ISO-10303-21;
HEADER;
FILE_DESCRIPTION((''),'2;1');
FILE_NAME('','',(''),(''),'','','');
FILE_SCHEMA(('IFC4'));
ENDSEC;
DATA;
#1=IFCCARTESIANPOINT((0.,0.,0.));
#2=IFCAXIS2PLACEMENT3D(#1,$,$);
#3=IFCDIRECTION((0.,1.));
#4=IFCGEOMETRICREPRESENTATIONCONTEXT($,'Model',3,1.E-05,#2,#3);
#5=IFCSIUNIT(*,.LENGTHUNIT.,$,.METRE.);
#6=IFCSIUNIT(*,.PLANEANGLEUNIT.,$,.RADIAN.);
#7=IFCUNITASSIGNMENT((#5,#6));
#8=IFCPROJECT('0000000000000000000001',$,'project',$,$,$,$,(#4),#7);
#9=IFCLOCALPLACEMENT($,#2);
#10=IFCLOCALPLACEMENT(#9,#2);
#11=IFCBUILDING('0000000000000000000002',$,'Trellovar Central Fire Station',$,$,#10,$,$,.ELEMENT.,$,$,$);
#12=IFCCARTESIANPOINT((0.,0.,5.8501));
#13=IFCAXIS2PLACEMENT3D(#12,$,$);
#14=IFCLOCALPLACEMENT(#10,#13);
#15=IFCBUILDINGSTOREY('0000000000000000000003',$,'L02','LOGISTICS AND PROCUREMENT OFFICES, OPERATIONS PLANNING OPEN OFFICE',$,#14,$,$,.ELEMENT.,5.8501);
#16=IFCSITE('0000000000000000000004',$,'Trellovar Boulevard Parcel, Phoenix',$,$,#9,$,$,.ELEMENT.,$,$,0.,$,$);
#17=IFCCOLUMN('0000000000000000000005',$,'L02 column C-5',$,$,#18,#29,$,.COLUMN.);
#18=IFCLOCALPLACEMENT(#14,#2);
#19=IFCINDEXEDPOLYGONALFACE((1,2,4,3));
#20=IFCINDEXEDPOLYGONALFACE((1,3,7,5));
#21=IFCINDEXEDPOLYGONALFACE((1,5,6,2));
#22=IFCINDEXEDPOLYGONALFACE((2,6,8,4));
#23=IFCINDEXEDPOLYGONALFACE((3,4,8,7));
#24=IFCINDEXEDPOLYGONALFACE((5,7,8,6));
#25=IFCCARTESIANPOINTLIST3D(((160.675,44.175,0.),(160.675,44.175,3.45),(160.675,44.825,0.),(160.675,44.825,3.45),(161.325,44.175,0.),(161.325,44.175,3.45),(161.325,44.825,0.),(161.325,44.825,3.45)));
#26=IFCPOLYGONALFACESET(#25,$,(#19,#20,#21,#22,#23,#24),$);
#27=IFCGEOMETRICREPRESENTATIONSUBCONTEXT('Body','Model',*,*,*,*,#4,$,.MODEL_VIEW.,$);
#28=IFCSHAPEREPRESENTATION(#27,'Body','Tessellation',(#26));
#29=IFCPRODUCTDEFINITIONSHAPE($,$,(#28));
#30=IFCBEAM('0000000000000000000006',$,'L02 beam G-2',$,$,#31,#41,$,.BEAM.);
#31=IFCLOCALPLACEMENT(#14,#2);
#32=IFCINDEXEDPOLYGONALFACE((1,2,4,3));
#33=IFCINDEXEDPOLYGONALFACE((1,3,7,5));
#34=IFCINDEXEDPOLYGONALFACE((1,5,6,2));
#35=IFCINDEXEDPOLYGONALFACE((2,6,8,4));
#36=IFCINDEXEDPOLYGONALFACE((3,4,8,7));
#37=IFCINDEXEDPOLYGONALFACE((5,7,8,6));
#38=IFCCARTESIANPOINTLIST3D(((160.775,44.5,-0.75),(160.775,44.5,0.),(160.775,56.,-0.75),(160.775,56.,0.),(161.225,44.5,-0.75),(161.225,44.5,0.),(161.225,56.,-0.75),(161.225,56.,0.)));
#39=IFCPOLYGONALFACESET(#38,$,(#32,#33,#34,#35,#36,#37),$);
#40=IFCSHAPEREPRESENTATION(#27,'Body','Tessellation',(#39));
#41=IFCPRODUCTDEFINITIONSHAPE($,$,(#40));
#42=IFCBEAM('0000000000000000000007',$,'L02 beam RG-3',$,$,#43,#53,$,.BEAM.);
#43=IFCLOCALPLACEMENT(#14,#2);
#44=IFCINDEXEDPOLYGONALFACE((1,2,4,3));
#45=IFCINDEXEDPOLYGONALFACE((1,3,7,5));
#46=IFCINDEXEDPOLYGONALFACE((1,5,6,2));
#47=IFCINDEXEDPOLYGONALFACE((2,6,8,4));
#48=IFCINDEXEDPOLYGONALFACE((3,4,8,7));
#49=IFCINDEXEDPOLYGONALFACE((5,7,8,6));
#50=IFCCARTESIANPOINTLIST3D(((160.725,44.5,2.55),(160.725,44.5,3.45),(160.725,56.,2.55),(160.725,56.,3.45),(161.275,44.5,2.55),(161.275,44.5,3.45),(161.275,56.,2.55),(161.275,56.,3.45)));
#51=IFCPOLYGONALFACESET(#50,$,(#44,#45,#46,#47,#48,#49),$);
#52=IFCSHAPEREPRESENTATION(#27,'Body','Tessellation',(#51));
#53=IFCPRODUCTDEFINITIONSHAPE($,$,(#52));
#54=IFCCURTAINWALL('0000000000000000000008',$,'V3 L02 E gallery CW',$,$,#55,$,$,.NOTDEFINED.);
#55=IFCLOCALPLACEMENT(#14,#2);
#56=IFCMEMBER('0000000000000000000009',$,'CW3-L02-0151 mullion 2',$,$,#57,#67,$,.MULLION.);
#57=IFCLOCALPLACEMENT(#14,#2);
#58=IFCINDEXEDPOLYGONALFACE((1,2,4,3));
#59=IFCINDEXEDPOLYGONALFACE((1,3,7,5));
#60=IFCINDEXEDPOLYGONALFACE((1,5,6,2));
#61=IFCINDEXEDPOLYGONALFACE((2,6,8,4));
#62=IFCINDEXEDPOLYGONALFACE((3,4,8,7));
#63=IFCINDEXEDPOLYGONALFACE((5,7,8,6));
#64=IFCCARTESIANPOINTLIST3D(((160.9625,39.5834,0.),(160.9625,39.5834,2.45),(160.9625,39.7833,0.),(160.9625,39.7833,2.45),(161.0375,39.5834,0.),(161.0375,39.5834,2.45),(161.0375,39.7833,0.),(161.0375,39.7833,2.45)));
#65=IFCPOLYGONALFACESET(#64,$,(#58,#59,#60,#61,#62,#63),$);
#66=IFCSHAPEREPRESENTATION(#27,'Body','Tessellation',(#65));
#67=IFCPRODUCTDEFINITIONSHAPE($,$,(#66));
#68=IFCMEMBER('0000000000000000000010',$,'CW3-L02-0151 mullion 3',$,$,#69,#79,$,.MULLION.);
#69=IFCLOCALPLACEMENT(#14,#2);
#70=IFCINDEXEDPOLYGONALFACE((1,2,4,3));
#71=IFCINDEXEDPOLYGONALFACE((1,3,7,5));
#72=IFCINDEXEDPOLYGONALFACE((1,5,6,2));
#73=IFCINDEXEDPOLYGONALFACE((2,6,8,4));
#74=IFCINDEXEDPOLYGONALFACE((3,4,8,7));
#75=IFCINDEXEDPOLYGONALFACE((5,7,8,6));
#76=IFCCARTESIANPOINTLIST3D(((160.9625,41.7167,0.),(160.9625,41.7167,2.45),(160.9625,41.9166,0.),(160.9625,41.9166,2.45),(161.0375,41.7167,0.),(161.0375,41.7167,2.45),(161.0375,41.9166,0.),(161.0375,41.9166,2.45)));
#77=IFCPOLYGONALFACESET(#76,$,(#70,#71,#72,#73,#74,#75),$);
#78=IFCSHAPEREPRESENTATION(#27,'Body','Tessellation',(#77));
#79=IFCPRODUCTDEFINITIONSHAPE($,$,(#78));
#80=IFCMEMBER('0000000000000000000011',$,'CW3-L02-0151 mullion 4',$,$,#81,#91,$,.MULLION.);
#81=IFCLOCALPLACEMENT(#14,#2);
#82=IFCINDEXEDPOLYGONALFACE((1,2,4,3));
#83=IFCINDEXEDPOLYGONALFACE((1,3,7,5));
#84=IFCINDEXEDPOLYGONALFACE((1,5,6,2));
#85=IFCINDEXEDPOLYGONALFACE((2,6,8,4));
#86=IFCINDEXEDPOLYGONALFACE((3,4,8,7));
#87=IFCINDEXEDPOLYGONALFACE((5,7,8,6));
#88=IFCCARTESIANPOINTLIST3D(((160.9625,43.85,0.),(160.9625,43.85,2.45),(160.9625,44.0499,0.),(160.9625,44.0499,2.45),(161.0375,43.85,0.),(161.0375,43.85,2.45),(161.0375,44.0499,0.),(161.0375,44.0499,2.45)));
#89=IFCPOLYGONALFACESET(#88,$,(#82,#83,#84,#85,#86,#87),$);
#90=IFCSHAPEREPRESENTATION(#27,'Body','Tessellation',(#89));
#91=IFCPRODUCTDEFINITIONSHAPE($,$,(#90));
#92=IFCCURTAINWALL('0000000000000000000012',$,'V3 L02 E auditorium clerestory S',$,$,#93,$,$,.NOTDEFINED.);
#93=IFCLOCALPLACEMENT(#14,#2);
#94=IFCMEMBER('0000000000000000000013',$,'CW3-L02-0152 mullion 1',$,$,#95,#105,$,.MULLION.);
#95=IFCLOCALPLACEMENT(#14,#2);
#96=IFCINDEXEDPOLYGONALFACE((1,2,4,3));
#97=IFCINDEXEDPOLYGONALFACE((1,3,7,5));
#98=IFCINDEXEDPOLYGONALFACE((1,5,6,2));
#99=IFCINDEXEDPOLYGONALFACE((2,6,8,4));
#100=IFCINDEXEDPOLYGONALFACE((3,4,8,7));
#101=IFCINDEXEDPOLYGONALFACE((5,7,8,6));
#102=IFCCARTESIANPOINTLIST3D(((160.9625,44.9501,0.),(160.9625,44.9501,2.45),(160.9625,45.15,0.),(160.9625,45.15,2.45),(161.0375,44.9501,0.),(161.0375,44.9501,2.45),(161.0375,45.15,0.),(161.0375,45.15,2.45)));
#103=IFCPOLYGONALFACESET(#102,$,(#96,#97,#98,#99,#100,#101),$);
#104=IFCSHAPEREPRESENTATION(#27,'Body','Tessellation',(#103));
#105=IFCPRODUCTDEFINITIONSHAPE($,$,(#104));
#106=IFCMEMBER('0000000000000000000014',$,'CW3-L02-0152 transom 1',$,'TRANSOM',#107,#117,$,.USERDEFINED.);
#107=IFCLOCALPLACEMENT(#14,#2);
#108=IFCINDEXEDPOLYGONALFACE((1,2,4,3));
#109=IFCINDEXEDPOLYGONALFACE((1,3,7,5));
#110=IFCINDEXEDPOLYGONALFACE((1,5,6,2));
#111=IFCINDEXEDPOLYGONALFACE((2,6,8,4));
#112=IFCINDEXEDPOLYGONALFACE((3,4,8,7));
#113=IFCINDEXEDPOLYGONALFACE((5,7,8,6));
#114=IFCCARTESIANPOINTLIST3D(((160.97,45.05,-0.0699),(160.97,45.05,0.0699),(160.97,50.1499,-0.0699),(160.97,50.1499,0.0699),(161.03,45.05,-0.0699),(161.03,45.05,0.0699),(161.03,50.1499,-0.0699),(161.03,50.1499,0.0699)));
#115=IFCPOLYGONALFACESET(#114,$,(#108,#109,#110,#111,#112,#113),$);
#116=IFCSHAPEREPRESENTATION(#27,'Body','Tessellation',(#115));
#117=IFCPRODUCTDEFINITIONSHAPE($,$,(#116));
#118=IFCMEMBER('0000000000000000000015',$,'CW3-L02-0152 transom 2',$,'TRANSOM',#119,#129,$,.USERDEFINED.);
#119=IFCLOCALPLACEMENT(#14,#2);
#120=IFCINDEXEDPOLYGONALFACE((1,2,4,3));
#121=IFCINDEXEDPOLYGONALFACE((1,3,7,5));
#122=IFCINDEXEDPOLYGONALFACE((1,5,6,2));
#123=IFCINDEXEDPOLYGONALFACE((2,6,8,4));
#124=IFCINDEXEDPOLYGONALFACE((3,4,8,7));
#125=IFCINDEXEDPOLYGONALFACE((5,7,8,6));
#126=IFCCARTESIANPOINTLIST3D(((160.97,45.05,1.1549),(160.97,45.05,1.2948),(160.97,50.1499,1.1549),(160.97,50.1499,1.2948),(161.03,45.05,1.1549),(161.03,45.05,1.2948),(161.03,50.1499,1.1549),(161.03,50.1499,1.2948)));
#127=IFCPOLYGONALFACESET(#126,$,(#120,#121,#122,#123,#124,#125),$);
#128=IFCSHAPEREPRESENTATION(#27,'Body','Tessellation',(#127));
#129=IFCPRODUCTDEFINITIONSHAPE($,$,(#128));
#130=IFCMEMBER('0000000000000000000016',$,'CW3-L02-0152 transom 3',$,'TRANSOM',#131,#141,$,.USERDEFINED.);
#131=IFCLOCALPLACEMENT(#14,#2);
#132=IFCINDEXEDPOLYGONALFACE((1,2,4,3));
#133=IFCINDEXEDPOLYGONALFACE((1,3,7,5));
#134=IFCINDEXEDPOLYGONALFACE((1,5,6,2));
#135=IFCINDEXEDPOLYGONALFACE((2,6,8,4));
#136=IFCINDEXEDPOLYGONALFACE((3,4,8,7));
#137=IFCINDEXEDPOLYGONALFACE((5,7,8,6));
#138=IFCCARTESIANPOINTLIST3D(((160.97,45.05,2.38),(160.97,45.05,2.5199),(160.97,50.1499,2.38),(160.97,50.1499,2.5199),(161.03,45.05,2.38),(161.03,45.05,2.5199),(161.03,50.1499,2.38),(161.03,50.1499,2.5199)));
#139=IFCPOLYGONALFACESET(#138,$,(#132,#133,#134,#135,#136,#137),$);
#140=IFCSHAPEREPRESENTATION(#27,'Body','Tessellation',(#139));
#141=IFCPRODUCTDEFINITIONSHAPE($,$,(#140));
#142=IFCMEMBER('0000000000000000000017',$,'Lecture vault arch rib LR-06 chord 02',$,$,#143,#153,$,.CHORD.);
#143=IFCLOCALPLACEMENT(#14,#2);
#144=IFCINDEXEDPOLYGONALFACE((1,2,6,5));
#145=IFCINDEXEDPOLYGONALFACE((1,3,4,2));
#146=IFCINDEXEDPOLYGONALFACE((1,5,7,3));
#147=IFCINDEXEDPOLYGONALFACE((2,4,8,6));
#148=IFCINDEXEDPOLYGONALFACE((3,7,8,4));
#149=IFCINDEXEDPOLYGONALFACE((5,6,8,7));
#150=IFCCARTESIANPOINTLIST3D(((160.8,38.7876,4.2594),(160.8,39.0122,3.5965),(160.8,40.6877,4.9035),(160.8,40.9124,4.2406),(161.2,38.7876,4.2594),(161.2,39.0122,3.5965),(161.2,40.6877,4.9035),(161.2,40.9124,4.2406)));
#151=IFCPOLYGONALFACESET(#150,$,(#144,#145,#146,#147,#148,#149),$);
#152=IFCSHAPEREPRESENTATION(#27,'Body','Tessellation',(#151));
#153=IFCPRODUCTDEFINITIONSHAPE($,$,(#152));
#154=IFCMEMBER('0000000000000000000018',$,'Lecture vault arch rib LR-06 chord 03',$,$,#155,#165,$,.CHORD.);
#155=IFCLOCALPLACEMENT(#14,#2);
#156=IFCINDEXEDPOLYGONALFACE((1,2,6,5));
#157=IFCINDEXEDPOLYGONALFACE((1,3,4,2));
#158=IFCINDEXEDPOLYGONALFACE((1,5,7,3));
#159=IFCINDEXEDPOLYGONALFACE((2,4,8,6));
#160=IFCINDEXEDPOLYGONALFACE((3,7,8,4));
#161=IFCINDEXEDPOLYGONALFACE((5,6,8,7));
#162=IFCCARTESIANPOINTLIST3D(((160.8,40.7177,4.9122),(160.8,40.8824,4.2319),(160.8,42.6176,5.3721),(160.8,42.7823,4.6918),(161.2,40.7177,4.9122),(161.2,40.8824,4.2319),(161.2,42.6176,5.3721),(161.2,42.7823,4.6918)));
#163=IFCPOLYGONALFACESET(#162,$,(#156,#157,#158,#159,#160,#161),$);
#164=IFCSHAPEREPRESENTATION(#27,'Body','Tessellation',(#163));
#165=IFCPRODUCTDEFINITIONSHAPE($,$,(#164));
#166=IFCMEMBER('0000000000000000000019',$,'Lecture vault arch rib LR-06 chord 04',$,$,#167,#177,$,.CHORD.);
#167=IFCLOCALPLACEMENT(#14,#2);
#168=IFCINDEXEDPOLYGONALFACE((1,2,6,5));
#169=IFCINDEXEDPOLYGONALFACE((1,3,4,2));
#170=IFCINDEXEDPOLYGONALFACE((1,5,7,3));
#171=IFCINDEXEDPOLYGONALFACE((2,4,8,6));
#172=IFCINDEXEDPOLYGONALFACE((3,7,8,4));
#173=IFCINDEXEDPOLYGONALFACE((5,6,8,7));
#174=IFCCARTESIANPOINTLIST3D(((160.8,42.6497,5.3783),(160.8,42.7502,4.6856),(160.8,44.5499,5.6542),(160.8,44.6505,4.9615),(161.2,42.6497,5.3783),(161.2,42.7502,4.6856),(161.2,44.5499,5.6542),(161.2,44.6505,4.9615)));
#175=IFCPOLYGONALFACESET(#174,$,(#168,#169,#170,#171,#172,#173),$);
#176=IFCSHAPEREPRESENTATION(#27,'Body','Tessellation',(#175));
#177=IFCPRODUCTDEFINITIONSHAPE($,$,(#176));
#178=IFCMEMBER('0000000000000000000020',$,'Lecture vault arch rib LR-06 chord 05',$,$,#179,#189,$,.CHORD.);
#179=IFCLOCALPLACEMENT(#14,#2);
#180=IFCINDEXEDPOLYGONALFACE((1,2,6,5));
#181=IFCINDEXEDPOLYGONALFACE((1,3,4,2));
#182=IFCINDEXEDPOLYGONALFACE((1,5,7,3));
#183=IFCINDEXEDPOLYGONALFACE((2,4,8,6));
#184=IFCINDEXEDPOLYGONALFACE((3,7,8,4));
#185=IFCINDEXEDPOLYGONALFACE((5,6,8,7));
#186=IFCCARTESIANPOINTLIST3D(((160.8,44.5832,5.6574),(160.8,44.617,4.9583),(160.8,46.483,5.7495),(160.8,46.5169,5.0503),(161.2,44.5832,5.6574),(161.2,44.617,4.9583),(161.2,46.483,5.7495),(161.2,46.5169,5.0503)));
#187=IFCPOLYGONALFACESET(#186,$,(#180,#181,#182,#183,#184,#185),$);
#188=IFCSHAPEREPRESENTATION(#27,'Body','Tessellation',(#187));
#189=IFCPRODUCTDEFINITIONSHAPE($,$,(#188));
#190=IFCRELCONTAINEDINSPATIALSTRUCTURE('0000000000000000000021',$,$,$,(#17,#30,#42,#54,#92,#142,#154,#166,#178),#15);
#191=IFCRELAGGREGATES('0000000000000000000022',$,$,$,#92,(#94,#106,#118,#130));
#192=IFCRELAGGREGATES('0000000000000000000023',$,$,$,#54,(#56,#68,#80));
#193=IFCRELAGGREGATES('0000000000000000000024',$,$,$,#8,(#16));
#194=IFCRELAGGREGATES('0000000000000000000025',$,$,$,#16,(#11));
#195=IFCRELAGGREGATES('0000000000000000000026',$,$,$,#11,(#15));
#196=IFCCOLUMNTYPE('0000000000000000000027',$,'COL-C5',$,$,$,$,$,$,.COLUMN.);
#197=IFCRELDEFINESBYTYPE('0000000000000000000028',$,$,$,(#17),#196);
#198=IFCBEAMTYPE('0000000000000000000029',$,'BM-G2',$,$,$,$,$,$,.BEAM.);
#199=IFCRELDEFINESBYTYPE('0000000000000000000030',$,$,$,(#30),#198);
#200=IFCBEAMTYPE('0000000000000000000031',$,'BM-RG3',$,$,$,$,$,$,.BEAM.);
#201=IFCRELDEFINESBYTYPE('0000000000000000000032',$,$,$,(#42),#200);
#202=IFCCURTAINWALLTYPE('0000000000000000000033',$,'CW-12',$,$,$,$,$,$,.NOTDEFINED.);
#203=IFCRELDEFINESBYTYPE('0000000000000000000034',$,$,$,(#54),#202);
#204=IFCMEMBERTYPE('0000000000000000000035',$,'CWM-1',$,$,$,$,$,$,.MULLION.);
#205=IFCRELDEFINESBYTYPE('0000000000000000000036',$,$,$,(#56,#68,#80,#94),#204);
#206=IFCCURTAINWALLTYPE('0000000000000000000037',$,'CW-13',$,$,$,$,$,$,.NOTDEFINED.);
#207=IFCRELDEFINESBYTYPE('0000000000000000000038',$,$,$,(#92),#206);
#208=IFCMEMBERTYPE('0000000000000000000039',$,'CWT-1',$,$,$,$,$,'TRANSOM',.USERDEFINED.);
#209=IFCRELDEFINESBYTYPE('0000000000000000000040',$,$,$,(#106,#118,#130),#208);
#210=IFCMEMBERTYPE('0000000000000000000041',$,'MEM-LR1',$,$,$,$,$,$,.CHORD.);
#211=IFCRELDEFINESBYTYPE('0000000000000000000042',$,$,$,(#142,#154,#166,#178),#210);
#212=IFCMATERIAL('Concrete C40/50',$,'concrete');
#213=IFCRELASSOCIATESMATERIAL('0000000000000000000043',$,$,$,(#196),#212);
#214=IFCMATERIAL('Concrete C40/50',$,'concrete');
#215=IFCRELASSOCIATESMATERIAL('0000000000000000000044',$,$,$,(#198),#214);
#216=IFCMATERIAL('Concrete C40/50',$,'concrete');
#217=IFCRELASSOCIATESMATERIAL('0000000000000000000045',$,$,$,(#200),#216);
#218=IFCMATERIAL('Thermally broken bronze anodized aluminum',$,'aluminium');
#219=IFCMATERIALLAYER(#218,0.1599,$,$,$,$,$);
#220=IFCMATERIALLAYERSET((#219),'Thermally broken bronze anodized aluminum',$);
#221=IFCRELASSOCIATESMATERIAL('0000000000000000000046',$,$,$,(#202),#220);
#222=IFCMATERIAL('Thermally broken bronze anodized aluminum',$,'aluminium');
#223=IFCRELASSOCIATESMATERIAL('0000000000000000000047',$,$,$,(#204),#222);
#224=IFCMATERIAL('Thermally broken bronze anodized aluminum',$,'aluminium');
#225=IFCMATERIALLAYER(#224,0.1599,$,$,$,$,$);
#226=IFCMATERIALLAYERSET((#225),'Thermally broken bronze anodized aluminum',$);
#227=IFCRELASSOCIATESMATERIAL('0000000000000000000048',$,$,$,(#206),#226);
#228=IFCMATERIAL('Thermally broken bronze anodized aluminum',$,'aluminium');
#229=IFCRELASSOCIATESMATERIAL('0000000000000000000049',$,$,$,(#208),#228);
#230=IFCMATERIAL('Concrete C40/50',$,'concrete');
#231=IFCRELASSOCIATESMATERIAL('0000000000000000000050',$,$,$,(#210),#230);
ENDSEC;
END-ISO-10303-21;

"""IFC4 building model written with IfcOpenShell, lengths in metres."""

from ifc_helpers import new_model, si_unit, direction, frame, origin, origin_2d, place, context, subcontext, project, spatial, rectangle, extrude, material, layer, layer_set, material_profile, profile_set, type_object, element, aggregate, save


model = new_model("IFC4")

# Units and contexts
model_context = context("Model", 3, precision=1e-05, world=origin(), true_north=direction((0.0, 1.0)))
body_context = subcontext(model_context, "Body", "Model", "MODEL_VIEW")
ifc_project = project(units=[si_unit("LENGTHUNIT", "METRE"), si_unit("PLANEANGLEUNIT", "RADIAN")], contexts=[model_context])

# Site, building, storey
site_placement = place(None, origin())
site = spatial("IfcSite", under=ifc_project, at=site_placement, Name="Trellovar Boulevard Parcel, Phoenix", CompositionType="ELEMENT", RefElevation=0.0)
building_placement = place(site_placement, origin())
building = spatial("IfcBuilding", under=site, at=building_placement, Name="Trellovar Central Fire Station", CompositionType="ELEMENT")
storey_placement = place(building_placement, frame((0.0, 0.0, 5.8501)))
storey = spatial("IfcBuildingStorey", under=building, at=storey_placement, Name="L02", Description="LOGISTICS AND PROCUREMENT OFFICES, OPERATIONS PLANNING OPEN OFFICE", CompositionType="ELEMENT", Elevation=5.8501)

# Column
ifc_material_1 = material(Name="Concrete C40/50", Category="concrete")
ifc_material_profile_1 = material_profile(ifc_material_1, rectangle(XDim=0.6499, YDim=0.6499, at=origin_2d()), Name="RC650X650")
ifc_profile_set_1 = profile_set([ifc_material_profile_1], Name="Concrete C40/50")
column_type = type_object("IfcColumnType", Name="COL-C5", PredefinedType="COLUMN", material=ifc_profile_set_1)
column_placement = place(storey_placement, frame((161.0, 44.5, 0.0), z_axis=(0.0, 0.0, 1.0), x_axis=(1.0, 0.0, 0.0)))
element("IfcColumn", 1, at=column_placement, inside=storey, type_object=column_type, Name="L02 column C-5", PredefinedType="COLUMN", context=body_context, shape_type="SweptSolid", body=[
    extrude(rectangle(XDim=0.6499, YDim=0.6499, at=origin_2d()), origin(), (0.0, 0.0, 1.0), 3.45),
])

# Beams
ifc_material_2 = material(Name="Concrete C40/50", Category="concrete")
ifc_material_profile_2 = material_profile(ifc_material_2, rectangle(XDim=0.45, YDim=0.75, at=origin_2d()), Name="RC450X750")
ifc_profile_set_2 = profile_set([ifc_material_profile_2], Name="Concrete C40/50")
beam_type_1 = type_object("IfcBeamType", Name="BM-G2", PredefinedType="BEAM", material=ifc_profile_set_2)
beam_1_placement = place(storey_placement, frame((161.0, 44.5, -0.375), z_axis=(0.0, 1.0, 0.0), x_axis=(-1.0, 0.0, 0.0)))
element("IfcBeam", 2, at=beam_1_placement, inside=storey, type_object=beam_type_1, Name="L02 beam G-2", PredefinedType="BEAM", context=body_context, shape_type="SweptSolid", body=[
    extrude(rectangle(XDim=0.45, YDim=0.75, at=origin_2d()), origin(), (0.0, 0.0, 1.0), 11.5),
])
ifc_material_3 = material(Name="Concrete C40/50", Category="concrete")
ifc_material_profile_3 = material_profile(ifc_material_3, rectangle(XDim=0.55, YDim=0.8999, at=origin_2d()), Name="RC550X900")
ifc_profile_set_3 = profile_set([ifc_material_profile_3], Name="Concrete C40/50")
beam_type_2 = type_object("IfcBeamType", Name="BM-RG3", PredefinedType="BEAM", material=ifc_profile_set_3)
beam_2_placement = place(storey_placement, frame((161.0, 44.5, 3.0), z_axis=(0.0, 1.0, 0.0), x_axis=(-1.0, 0.0, 0.0)))
element("IfcBeam", 3, at=beam_2_placement, inside=storey, type_object=beam_type_2, Name="L02 beam RG-3", PredefinedType="BEAM", context=body_context, shape_type="SweptSolid", body=[
    extrude(rectangle(XDim=0.55, YDim=0.8999, at=origin_2d()), origin(), (0.0, 0.0, 1.0), 11.5),
])

# Curtain walls, members
ifc_material_4 = material(Name="Thermally broken bronze anodized aluminum", Category="aluminium")
ifc_layer_1 = layer(ifc_material_4, 0.1599)
ifc_layer_set_1 = layer_set([ifc_layer_1], Name="Thermally broken bronze anodized aluminum")
curtain_wall_type_1 = type_object("IfcCurtainWallType", Name="CW-12", PredefinedType="NOTDEFINED", material=ifc_layer_set_1)
curtain_wall_1_placement = place(storey_placement, origin())
curtain_wall_1 = element("IfcCurtainWall", 4, at=curtain_wall_1_placement, inside=storey, type_object=curtain_wall_type_1, Name="V3 L02 E gallery CW", PredefinedType="NOTDEFINED")
ifc_material_5 = material(Name="Thermally broken bronze anodized aluminum", Category="aluminium")
ifc_material_profile_4 = material_profile(ifc_material_5, rectangle(XDim=0.075, YDim=0.2, at=origin_2d()), Name="ALU75X200")
ifc_profile_set_4 = profile_set([ifc_material_profile_4], Name="Thermally broken bronze anodized aluminum")
member_type_1 = type_object("IfcMemberType", Name="CWM-1", PredefinedType="MULLION", material=ifc_profile_set_4)
member_1_placement = place(storey_placement, frame((161.0, 39.6833, 0.0), z_axis=(0.0, 0.0, 1.0), x_axis=(1.0, 0.0, 0.0)))
member_1 = element("IfcMember", 5, at=member_1_placement, type_object=member_type_1, Name="CW3-L02-0151 mullion 2", PredefinedType="MULLION", context=body_context, shape_type="SweptSolid", body=[
    extrude(rectangle(XDim=0.075, YDim=0.2, at=origin_2d()), origin(), (0.0, 0.0, 1.0), 2.45),
])
member_2_placement = place(storey_placement, frame((161.0, 41.8167, 0.0), z_axis=(0.0, 0.0, 1.0), x_axis=(1.0, 0.0, 0.0)))
member_2 = element("IfcMember", 6, at=member_2_placement, type_object=member_type_1, Name="CW3-L02-0151 mullion 3", PredefinedType="MULLION", context=body_context, shape_type="SweptSolid", body=[
    extrude(rectangle(XDim=0.075, YDim=0.2, at=origin_2d()), origin(), (0.0, 0.0, 1.0), 2.45),
])
member_3_placement = place(storey_placement, frame((161.0, 43.95, 0.0), z_axis=(0.0, 0.0, 1.0), x_axis=(1.0, 0.0, 0.0)))
member_3 = element("IfcMember", 7, at=member_3_placement, type_object=member_type_1, Name="CW3-L02-0151 mullion 4", PredefinedType="MULLION", context=body_context, shape_type="SweptSolid", body=[
    extrude(rectangle(XDim=0.075, YDim=0.2, at=origin_2d()), origin(), (0.0, 0.0, 1.0), 2.45),
])
ifc_material_6 = material(Name="Thermally broken bronze anodized aluminum", Category="aluminium")
ifc_layer_2 = layer(ifc_material_6, 0.1599)
ifc_layer_set_2 = layer_set([ifc_layer_2], Name="Thermally broken bronze anodized aluminum")
curtain_wall_type_2 = type_object("IfcCurtainWallType", Name="CW-13", PredefinedType="NOTDEFINED", material=ifc_layer_set_2)
curtain_wall_2_placement = place(storey_placement, origin())
curtain_wall_2 = element("IfcCurtainWall", 8, at=curtain_wall_2_placement, inside=storey, type_object=curtain_wall_type_2, Name="V3 L02 E auditorium clerestory S", PredefinedType="NOTDEFINED")
member_4_placement = place(storey_placement, frame((161.0, 45.05, 0.0), z_axis=(0.0, 0.0, 1.0), x_axis=(1.0, 0.0, 0.0)))
member_4 = element("IfcMember", 9, at=member_4_placement, type_object=member_type_1, Name="CW3-L02-0152 mullion 1", PredefinedType="MULLION", context=body_context, shape_type="SweptSolid", body=[
    extrude(rectangle(XDim=0.075, YDim=0.2, at=origin_2d()), origin(), (0.0, 0.0, 1.0), 2.45),
])
ifc_material_7 = material(Name="Thermally broken bronze anodized aluminum", Category="aluminium")
ifc_material_profile_5 = material_profile(ifc_material_7, rectangle(XDim=0.0601, YDim=0.1399, at=origin_2d()), Name="ALU60X140")
ifc_profile_set_5 = profile_set([ifc_material_profile_5], Name="Thermally broken bronze anodized aluminum")
member_type_2 = type_object("IfcMemberType", Name="CWT-1", ElementType="TRANSOM", PredefinedType="USERDEFINED", material=ifc_profile_set_5)
member_5_placement = place(storey_placement, frame((161.0, 45.05, 0.0), z_axis=(0.0, 1.0, 0.0), x_axis=(-1.0, 0.0, 0.0)))
member_5 = element("IfcMember", 10, at=member_5_placement, type_object=member_type_2, Name="CW3-L02-0152 transom 1", ObjectType="TRANSOM", PredefinedType="USERDEFINED", context=body_context, shape_type="SweptSolid", body=[
    extrude(rectangle(XDim=0.0601, YDim=0.1399, at=origin_2d()), origin(), (0.0, 0.0, 1.0), 5.0999),
])
member_6_placement = place(storey_placement, frame((161.0, 45.05, 1.2249), z_axis=(0.0, 1.0, 0.0), x_axis=(-1.0, 0.0, 0.0)))
member_6 = element("IfcMember", 11, at=member_6_placement, type_object=member_type_2, Name="CW3-L02-0152 transom 2", ObjectType="TRANSOM", PredefinedType="USERDEFINED", context=body_context, shape_type="SweptSolid", body=[
    extrude(rectangle(XDim=0.0601, YDim=0.1399, at=origin_2d()), origin(), (0.0, 0.0, 1.0), 5.0999),
])
member_7_placement = place(storey_placement, frame((161.0, 45.05, 2.45), z_axis=(0.0, 1.0, 0.0), x_axis=(-1.0, 0.0, 0.0)))
member_7 = element("IfcMember", 12, at=member_7_placement, type_object=member_type_2, Name="CW3-L02-0152 transom 3", ObjectType="TRANSOM", PredefinedType="USERDEFINED", context=body_context, shape_type="SweptSolid", body=[
    extrude(rectangle(XDim=0.0601, YDim=0.1399, at=origin_2d()), origin(), (0.0, 0.0, 1.0), 5.0999),
])

# Members
ifc_material_8 = material(Name="Concrete C40/50", Category="concrete")
ifc_material_profile_6 = material_profile(ifc_material_8, rectangle(XDim=0.3999, YDim=0.7, at=origin_2d()), Name="RC400X700")
ifc_profile_set_6 = profile_set([ifc_material_profile_6], Name="Concrete C40/50")
member_type_3 = type_object("IfcMemberType", Name="MEM-LR1", PredefinedType="CHORD", material=ifc_profile_set_6)
member_8_placement = place(storey_placement, frame((161.0, 38.8999, 3.928), z_axis=(0.0, 0.947077, 0.321006), x_axis=(-1.0, 0.0, 0.0)))
element("IfcMember", 13, at=member_8_placement, inside=storey, type_object=member_type_3, Name="Lecture vault arch rib LR-06 chord 02", PredefinedType="CHORD", context=body_context, shape_type="SweptSolid", body=[
    extrude(rectangle(XDim=0.3999, YDim=0.7, at=origin_2d()), origin(), (0.0, 0.0, 1.0), 2.0063),
])
member_9_placement = place(storey_placement, frame((161.0, 40.8, 4.572), z_axis=(0.0, 0.971923, 0.2353), x_axis=(-1.0, 0.0, 0.0)))
element("IfcMember", 14, at=member_9_placement, inside=storey, type_object=member_type_3, Name="Lecture vault arch rib LR-06 chord 03", PredefinedType="CHORD", context=body_context, shape_type="SweptSolid", body=[
    extrude(rectangle(XDim=0.3999, YDim=0.7, at=origin_2d()), origin(), (0.0, 0.0, 1.0), 1.9548),
])
member_10_placement = place(storey_placement, frame((161.0, 42.7, 5.032), z_axis=(0.0, 0.989624, 0.143682), x_axis=(-1.0, 0.0, 0.0)))
element("IfcMember", 15, at=member_10_placement, inside=storey, type_object=member_type_3, Name="Lecture vault arch rib LR-06 chord 04", PredefinedType="CHORD", context=body_context, shape_type="SweptSolid", body=[
    extrude(rectangle(XDim=0.3999, YDim=0.7, at=origin_2d()), origin(), (0.0, 0.0, 1.0), 1.9202),
])
member_11_placement = place(storey_placement, frame((161.0, 44.6001, 5.3079), z_axis=(0.0, 0.998829, 0.048388), x_axis=(-1.0, 0.0, 0.0)))
element("IfcMember", 16, at=member_11_placement, inside=storey, type_object=member_type_3, Name="Lecture vault arch rib LR-06 chord 05", PredefinedType="CHORD", context=body_context, shape_type="SweptSolid", body=[
    extrude(rectangle(XDim=0.3999, YDim=0.7, at=origin_2d()), origin(), (0.0, 0.0, 1.0), 1.9021),
])

aggregate(curtain_wall_2, [member_4, member_5, member_6, member_7])
aggregate(curtain_wall_1, [member_1, member_2, member_3])

save(model, "model.ifc")
